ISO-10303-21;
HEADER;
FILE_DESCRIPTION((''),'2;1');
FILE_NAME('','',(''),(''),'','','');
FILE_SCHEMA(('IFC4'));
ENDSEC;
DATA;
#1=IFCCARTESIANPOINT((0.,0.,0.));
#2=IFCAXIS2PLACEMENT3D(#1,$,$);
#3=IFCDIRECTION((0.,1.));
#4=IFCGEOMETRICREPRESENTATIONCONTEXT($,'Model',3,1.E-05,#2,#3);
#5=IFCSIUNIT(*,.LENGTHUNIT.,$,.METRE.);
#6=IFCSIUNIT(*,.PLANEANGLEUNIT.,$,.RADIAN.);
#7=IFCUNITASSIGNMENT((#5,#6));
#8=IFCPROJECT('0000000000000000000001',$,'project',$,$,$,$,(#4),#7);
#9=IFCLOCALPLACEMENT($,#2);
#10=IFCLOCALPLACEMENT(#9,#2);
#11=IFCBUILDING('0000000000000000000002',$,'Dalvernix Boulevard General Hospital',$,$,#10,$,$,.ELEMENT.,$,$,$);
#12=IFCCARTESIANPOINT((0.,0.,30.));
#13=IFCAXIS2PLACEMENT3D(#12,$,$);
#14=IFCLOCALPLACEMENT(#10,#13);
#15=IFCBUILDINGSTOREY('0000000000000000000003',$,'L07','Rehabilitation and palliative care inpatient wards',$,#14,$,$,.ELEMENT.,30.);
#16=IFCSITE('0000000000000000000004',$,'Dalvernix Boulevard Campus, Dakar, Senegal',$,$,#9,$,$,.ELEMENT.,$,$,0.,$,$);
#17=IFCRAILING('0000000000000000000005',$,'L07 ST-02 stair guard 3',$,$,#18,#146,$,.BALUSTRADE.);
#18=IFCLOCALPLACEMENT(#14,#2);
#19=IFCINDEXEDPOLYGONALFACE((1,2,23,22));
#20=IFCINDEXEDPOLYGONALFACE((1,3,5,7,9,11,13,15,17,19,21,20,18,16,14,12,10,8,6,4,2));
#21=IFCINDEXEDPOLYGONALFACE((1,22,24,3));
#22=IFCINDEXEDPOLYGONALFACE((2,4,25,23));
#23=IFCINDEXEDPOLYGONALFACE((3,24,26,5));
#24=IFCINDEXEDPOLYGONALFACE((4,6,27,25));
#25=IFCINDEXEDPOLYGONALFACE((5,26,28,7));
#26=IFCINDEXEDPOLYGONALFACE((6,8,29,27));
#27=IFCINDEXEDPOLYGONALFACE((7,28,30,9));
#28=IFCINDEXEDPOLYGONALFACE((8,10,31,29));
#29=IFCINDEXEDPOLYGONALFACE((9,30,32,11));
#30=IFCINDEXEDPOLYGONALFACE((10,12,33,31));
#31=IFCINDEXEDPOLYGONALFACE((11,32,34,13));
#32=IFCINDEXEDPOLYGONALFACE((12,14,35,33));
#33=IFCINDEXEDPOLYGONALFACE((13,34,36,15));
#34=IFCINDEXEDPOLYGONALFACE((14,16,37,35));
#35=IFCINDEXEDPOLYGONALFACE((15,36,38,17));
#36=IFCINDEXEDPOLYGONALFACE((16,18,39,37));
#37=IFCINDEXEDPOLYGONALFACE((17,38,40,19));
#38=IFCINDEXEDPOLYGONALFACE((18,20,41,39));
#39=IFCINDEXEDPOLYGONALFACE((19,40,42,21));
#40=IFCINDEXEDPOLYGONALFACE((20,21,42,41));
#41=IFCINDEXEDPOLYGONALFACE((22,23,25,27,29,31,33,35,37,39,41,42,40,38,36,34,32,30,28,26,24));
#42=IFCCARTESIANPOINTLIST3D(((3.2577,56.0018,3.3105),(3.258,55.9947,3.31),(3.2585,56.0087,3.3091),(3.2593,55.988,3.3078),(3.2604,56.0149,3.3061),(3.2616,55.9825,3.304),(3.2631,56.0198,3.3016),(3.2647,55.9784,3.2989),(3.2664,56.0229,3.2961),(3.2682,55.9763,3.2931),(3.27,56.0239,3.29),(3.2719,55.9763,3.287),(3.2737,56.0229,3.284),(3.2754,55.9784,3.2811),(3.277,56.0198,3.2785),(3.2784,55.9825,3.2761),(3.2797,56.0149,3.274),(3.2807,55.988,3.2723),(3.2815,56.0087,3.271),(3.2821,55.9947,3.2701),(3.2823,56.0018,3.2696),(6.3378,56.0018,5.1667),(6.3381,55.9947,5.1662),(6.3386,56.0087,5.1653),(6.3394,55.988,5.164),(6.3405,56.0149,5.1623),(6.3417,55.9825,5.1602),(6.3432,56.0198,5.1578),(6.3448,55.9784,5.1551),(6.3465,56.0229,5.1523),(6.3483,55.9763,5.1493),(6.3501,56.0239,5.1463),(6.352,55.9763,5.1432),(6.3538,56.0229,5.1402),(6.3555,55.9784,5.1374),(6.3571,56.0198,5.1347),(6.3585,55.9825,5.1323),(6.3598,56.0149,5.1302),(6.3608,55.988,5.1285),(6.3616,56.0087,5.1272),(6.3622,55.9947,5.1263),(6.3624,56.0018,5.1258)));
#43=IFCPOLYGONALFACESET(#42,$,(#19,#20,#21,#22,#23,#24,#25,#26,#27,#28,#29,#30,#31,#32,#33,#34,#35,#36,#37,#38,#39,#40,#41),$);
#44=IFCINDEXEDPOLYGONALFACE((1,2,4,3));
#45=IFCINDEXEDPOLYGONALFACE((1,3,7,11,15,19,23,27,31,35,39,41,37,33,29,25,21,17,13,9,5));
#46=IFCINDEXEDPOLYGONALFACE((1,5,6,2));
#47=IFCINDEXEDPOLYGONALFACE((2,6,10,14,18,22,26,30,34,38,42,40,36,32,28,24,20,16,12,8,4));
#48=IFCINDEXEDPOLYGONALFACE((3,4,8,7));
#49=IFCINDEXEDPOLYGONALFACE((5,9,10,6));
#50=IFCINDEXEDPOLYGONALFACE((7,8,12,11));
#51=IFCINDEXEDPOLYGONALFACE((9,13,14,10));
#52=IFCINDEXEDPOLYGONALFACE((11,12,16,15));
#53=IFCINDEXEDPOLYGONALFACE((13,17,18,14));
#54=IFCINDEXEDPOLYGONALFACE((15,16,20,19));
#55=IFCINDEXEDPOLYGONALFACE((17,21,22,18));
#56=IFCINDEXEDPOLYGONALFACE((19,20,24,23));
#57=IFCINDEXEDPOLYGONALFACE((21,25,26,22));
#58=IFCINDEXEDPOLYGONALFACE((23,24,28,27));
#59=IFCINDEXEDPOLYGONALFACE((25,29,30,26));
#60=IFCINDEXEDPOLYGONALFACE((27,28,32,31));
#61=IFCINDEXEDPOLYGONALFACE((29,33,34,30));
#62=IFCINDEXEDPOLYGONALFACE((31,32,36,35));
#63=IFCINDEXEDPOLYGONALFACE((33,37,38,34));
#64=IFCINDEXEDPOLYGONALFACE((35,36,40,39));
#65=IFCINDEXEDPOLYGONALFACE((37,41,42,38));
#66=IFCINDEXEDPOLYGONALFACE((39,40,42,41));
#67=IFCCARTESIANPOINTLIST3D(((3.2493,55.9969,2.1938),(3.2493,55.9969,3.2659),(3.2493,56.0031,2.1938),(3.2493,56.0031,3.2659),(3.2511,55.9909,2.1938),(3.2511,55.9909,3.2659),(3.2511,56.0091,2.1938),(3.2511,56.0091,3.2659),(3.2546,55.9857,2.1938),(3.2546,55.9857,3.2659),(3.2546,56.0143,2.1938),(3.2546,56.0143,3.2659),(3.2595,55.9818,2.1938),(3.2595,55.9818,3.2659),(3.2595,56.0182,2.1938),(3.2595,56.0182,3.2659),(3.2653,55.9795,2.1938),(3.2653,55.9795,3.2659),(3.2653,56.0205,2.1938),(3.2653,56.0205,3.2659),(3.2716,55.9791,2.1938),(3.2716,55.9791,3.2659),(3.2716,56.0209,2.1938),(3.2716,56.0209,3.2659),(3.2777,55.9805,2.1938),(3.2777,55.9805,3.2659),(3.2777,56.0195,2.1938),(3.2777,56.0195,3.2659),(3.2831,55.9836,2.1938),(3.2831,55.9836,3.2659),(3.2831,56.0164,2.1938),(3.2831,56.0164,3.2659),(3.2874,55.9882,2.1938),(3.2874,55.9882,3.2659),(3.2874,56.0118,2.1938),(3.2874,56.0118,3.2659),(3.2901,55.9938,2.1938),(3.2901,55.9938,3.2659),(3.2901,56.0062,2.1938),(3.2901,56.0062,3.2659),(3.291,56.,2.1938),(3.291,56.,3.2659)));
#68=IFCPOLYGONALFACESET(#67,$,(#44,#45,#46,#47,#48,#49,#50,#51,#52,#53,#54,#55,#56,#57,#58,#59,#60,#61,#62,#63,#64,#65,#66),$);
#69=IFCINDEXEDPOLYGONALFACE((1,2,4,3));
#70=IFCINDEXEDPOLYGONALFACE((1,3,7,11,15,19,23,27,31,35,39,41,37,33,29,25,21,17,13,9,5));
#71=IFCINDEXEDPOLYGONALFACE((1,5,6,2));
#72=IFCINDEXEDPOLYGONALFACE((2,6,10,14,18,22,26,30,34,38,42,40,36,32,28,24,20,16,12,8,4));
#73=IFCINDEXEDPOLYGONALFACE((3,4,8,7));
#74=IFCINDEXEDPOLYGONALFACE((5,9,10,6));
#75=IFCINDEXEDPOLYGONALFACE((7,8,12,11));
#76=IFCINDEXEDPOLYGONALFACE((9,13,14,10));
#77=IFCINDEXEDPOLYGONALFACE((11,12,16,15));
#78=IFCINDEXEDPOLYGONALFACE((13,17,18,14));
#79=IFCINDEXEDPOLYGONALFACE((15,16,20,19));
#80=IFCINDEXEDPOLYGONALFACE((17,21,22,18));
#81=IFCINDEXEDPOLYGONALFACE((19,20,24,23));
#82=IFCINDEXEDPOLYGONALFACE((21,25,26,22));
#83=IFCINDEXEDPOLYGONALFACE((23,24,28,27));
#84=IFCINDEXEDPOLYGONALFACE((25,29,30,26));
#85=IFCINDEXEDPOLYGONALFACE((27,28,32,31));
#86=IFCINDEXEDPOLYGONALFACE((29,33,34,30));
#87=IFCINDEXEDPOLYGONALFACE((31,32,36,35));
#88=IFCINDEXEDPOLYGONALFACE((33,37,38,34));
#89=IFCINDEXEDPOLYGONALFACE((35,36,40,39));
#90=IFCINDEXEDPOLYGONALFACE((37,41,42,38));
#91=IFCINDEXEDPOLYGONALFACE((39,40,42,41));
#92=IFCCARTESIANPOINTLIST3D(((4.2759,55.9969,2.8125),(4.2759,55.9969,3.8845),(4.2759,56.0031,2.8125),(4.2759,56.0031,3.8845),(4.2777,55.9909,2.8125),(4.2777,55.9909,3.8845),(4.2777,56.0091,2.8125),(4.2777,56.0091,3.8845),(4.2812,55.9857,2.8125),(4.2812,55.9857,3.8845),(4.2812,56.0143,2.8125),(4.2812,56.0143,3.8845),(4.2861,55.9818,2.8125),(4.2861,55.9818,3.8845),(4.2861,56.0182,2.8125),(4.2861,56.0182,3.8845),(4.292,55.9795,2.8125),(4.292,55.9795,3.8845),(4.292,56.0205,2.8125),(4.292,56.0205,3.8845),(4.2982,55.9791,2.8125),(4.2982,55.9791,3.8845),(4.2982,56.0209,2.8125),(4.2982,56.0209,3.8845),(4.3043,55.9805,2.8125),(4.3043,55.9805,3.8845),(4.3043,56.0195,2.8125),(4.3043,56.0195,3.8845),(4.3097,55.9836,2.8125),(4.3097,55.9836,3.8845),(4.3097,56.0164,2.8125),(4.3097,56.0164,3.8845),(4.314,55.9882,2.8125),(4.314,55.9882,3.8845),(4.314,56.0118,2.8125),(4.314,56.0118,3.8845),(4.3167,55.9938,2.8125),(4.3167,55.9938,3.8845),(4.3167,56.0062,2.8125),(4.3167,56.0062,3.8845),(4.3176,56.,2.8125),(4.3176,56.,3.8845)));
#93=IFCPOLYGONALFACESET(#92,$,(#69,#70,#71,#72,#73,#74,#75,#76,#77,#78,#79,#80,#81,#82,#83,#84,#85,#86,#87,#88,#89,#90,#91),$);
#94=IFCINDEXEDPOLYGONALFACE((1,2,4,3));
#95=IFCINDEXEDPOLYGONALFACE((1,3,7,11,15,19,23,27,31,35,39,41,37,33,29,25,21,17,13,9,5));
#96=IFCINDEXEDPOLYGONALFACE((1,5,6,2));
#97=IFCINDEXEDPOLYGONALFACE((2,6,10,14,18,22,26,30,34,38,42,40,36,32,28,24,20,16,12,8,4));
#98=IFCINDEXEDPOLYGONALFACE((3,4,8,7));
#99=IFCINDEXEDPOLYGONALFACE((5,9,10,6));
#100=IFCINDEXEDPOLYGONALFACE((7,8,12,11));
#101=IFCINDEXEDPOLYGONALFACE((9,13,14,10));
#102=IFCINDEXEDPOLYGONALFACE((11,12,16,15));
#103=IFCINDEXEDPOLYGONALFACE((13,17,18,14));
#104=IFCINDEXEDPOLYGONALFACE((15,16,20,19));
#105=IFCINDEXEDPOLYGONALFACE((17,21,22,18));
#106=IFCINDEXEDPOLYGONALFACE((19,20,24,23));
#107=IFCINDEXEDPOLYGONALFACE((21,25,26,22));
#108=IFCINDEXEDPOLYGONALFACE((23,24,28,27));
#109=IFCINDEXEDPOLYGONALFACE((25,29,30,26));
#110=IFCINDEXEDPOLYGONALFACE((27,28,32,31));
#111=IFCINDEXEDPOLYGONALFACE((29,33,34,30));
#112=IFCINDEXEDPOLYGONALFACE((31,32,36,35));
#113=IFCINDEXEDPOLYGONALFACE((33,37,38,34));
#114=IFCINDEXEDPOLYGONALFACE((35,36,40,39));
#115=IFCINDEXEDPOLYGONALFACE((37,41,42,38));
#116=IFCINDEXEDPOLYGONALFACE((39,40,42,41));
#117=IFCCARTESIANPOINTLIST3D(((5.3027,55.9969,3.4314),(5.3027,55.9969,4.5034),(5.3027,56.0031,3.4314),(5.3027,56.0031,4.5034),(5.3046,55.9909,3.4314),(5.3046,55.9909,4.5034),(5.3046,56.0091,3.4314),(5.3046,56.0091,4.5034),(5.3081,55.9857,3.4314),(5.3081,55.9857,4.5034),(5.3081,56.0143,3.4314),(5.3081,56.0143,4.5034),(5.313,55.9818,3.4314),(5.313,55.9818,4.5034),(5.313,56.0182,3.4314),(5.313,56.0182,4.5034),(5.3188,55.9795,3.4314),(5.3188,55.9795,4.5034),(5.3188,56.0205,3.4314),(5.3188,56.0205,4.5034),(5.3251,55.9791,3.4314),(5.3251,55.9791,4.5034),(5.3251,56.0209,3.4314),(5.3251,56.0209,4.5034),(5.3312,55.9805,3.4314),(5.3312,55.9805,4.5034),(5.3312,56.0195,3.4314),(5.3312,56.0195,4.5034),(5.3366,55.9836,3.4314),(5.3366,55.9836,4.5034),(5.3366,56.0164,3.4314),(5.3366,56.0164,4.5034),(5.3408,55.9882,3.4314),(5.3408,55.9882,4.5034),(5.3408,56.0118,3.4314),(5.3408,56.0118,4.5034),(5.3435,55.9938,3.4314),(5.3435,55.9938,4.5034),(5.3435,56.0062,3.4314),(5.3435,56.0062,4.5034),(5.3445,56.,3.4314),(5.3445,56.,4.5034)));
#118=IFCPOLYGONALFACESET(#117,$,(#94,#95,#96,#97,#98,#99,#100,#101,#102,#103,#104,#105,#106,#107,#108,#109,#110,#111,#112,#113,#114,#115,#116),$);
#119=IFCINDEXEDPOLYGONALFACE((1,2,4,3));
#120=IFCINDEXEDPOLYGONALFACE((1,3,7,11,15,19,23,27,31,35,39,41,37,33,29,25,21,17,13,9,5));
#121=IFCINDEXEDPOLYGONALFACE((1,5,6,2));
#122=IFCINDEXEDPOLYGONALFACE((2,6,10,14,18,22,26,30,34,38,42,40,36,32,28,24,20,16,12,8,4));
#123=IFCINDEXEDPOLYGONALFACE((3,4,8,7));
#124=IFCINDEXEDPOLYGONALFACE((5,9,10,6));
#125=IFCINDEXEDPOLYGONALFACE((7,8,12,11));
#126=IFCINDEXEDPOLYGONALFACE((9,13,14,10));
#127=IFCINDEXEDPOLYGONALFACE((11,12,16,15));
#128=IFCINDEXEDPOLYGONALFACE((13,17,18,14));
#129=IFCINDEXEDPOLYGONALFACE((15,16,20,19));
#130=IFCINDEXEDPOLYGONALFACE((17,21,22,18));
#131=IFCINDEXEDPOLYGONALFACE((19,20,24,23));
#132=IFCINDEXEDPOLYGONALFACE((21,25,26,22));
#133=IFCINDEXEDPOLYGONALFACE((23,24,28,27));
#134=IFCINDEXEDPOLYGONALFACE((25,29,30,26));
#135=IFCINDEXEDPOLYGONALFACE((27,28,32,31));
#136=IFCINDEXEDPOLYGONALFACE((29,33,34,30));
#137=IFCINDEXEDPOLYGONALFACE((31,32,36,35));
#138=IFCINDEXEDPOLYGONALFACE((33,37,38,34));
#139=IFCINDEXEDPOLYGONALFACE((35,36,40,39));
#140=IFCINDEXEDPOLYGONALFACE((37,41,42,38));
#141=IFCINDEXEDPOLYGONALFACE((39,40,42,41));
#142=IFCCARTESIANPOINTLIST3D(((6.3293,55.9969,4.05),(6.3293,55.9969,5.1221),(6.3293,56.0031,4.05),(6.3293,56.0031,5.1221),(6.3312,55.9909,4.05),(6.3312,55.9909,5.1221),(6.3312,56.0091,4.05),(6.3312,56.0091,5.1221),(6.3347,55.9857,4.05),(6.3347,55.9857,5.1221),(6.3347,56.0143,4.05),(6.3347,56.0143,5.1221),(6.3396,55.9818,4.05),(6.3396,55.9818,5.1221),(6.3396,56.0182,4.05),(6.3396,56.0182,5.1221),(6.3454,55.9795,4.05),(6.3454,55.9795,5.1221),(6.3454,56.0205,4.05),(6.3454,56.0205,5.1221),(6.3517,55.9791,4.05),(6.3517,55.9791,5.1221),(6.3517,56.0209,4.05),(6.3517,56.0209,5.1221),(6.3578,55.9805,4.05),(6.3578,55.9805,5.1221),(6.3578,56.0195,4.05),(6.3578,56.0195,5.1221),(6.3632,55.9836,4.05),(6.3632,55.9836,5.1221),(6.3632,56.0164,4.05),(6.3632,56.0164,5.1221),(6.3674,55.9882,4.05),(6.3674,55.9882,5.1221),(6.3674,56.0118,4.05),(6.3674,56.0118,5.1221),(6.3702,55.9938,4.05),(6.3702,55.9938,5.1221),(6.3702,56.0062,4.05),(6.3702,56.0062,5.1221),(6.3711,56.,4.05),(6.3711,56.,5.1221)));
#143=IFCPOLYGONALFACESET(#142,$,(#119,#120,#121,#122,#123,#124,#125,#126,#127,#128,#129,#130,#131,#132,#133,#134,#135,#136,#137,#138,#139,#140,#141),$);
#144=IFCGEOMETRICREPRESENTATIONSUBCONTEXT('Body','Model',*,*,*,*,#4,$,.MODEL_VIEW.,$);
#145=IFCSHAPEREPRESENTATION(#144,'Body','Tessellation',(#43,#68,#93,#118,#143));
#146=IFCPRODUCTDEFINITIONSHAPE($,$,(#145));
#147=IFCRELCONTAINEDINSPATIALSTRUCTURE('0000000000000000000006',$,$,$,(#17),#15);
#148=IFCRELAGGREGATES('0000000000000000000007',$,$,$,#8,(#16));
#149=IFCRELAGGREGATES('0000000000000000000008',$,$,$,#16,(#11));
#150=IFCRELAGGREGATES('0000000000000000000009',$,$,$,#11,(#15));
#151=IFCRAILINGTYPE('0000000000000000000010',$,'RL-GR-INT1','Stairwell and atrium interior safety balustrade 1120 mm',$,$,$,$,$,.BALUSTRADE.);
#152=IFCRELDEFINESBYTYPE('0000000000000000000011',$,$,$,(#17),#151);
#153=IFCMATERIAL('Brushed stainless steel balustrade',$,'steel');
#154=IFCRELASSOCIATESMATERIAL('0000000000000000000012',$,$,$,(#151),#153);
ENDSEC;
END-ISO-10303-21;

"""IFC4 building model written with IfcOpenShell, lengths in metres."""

from ifc_helpers import new_model, si_unit, direction, frame, origin, origin_2d, place, context, subcontext, project, spatial, circle, extrude, material, type_object, element, save


model = new_model("IFC4")

# Units and contexts
model_context = context("Model", 3, precision=1e-05, world=origin(), true_north=direction((0.0, 1.0)))
body_context = subcontext(model_context, "Body", "Model", "MODEL_VIEW")
ifc_project = project(units=[si_unit("LENGTHUNIT", "METRE"), si_unit("PLANEANGLEUNIT", "RADIAN")], contexts=[model_context])

# Site, building, storey
site_placement = place(None, origin())
site = spatial("IfcSite", under=ifc_project, at=site_placement, Name="Dalvernix Boulevard Campus, Dakar, Senegal", CompositionType="ELEMENT", RefElevation=0.0)
building_placement = place(site_placement, origin())
building = spatial("IfcBuilding", under=site, at=building_placement, Name="Dalvernix Boulevard General Hospital", CompositionType="ELEMENT")
storey_placement = place(building_placement, frame((0.0, 0.0, 30.0)))
storey = spatial("IfcBuildingStorey", under=building, at=storey_placement, Name="L07", Description="Rehabilitation and palliative care inpatient wards", CompositionType="ELEMENT", Elevation=30.0)

# Railing
ifc_material_1 = material(Name="Brushed stainless steel balustrade", Category="steel")
railing_type_1 = type_object("IfcRailingType", Name="RL-GR-INT1", Description="Stairwell and atrium interior safety balustrade 1120 mm", PredefinedType="BALUSTRADE", material=ifc_material_1)
railing_1_placement = place(storey_placement, frame((3.27, 56.0, 2.1938)))
element("IfcRailing", 1, at=railing_1_placement, inside=storey, type_object=railing_type_1, Name="L07 ST-02 stair guard 3", PredefinedType="BALUSTRADE", context=body_context, shape_type="SweptSolid", body=[
    extrude(circle(Radius=0.0239, at=origin_2d()), frame((0.0, 0.0, 1.0962), z_axis=(0.856491, 0.0, 0.516162), x_axis=(0.0, 1.0, 0.0)), (0.0, 0.0, 1.0), 3.5962),
    extrude(circle(Radius=0.021, at=origin_2d()), origin(), (0.0, 0.0, 1.0), 1.072),
    extrude(circle(Radius=0.021, at=origin_2d()), frame((1.0266, 0.0, 0.6187)), (0.0, 0.0, 1.0), 1.072),
    extrude(circle(Radius=0.021, at=origin_2d()), frame((2.0535, 0.0, 1.2375)), (0.0, 0.0, 1.0), 1.072),
    extrude(circle(Radius=0.021, at=origin_2d()), frame((3.0801, 0.0, 1.8562)), (0.0, 0.0, 1.0), 1.072),
])

save(model, "model.ifc")
